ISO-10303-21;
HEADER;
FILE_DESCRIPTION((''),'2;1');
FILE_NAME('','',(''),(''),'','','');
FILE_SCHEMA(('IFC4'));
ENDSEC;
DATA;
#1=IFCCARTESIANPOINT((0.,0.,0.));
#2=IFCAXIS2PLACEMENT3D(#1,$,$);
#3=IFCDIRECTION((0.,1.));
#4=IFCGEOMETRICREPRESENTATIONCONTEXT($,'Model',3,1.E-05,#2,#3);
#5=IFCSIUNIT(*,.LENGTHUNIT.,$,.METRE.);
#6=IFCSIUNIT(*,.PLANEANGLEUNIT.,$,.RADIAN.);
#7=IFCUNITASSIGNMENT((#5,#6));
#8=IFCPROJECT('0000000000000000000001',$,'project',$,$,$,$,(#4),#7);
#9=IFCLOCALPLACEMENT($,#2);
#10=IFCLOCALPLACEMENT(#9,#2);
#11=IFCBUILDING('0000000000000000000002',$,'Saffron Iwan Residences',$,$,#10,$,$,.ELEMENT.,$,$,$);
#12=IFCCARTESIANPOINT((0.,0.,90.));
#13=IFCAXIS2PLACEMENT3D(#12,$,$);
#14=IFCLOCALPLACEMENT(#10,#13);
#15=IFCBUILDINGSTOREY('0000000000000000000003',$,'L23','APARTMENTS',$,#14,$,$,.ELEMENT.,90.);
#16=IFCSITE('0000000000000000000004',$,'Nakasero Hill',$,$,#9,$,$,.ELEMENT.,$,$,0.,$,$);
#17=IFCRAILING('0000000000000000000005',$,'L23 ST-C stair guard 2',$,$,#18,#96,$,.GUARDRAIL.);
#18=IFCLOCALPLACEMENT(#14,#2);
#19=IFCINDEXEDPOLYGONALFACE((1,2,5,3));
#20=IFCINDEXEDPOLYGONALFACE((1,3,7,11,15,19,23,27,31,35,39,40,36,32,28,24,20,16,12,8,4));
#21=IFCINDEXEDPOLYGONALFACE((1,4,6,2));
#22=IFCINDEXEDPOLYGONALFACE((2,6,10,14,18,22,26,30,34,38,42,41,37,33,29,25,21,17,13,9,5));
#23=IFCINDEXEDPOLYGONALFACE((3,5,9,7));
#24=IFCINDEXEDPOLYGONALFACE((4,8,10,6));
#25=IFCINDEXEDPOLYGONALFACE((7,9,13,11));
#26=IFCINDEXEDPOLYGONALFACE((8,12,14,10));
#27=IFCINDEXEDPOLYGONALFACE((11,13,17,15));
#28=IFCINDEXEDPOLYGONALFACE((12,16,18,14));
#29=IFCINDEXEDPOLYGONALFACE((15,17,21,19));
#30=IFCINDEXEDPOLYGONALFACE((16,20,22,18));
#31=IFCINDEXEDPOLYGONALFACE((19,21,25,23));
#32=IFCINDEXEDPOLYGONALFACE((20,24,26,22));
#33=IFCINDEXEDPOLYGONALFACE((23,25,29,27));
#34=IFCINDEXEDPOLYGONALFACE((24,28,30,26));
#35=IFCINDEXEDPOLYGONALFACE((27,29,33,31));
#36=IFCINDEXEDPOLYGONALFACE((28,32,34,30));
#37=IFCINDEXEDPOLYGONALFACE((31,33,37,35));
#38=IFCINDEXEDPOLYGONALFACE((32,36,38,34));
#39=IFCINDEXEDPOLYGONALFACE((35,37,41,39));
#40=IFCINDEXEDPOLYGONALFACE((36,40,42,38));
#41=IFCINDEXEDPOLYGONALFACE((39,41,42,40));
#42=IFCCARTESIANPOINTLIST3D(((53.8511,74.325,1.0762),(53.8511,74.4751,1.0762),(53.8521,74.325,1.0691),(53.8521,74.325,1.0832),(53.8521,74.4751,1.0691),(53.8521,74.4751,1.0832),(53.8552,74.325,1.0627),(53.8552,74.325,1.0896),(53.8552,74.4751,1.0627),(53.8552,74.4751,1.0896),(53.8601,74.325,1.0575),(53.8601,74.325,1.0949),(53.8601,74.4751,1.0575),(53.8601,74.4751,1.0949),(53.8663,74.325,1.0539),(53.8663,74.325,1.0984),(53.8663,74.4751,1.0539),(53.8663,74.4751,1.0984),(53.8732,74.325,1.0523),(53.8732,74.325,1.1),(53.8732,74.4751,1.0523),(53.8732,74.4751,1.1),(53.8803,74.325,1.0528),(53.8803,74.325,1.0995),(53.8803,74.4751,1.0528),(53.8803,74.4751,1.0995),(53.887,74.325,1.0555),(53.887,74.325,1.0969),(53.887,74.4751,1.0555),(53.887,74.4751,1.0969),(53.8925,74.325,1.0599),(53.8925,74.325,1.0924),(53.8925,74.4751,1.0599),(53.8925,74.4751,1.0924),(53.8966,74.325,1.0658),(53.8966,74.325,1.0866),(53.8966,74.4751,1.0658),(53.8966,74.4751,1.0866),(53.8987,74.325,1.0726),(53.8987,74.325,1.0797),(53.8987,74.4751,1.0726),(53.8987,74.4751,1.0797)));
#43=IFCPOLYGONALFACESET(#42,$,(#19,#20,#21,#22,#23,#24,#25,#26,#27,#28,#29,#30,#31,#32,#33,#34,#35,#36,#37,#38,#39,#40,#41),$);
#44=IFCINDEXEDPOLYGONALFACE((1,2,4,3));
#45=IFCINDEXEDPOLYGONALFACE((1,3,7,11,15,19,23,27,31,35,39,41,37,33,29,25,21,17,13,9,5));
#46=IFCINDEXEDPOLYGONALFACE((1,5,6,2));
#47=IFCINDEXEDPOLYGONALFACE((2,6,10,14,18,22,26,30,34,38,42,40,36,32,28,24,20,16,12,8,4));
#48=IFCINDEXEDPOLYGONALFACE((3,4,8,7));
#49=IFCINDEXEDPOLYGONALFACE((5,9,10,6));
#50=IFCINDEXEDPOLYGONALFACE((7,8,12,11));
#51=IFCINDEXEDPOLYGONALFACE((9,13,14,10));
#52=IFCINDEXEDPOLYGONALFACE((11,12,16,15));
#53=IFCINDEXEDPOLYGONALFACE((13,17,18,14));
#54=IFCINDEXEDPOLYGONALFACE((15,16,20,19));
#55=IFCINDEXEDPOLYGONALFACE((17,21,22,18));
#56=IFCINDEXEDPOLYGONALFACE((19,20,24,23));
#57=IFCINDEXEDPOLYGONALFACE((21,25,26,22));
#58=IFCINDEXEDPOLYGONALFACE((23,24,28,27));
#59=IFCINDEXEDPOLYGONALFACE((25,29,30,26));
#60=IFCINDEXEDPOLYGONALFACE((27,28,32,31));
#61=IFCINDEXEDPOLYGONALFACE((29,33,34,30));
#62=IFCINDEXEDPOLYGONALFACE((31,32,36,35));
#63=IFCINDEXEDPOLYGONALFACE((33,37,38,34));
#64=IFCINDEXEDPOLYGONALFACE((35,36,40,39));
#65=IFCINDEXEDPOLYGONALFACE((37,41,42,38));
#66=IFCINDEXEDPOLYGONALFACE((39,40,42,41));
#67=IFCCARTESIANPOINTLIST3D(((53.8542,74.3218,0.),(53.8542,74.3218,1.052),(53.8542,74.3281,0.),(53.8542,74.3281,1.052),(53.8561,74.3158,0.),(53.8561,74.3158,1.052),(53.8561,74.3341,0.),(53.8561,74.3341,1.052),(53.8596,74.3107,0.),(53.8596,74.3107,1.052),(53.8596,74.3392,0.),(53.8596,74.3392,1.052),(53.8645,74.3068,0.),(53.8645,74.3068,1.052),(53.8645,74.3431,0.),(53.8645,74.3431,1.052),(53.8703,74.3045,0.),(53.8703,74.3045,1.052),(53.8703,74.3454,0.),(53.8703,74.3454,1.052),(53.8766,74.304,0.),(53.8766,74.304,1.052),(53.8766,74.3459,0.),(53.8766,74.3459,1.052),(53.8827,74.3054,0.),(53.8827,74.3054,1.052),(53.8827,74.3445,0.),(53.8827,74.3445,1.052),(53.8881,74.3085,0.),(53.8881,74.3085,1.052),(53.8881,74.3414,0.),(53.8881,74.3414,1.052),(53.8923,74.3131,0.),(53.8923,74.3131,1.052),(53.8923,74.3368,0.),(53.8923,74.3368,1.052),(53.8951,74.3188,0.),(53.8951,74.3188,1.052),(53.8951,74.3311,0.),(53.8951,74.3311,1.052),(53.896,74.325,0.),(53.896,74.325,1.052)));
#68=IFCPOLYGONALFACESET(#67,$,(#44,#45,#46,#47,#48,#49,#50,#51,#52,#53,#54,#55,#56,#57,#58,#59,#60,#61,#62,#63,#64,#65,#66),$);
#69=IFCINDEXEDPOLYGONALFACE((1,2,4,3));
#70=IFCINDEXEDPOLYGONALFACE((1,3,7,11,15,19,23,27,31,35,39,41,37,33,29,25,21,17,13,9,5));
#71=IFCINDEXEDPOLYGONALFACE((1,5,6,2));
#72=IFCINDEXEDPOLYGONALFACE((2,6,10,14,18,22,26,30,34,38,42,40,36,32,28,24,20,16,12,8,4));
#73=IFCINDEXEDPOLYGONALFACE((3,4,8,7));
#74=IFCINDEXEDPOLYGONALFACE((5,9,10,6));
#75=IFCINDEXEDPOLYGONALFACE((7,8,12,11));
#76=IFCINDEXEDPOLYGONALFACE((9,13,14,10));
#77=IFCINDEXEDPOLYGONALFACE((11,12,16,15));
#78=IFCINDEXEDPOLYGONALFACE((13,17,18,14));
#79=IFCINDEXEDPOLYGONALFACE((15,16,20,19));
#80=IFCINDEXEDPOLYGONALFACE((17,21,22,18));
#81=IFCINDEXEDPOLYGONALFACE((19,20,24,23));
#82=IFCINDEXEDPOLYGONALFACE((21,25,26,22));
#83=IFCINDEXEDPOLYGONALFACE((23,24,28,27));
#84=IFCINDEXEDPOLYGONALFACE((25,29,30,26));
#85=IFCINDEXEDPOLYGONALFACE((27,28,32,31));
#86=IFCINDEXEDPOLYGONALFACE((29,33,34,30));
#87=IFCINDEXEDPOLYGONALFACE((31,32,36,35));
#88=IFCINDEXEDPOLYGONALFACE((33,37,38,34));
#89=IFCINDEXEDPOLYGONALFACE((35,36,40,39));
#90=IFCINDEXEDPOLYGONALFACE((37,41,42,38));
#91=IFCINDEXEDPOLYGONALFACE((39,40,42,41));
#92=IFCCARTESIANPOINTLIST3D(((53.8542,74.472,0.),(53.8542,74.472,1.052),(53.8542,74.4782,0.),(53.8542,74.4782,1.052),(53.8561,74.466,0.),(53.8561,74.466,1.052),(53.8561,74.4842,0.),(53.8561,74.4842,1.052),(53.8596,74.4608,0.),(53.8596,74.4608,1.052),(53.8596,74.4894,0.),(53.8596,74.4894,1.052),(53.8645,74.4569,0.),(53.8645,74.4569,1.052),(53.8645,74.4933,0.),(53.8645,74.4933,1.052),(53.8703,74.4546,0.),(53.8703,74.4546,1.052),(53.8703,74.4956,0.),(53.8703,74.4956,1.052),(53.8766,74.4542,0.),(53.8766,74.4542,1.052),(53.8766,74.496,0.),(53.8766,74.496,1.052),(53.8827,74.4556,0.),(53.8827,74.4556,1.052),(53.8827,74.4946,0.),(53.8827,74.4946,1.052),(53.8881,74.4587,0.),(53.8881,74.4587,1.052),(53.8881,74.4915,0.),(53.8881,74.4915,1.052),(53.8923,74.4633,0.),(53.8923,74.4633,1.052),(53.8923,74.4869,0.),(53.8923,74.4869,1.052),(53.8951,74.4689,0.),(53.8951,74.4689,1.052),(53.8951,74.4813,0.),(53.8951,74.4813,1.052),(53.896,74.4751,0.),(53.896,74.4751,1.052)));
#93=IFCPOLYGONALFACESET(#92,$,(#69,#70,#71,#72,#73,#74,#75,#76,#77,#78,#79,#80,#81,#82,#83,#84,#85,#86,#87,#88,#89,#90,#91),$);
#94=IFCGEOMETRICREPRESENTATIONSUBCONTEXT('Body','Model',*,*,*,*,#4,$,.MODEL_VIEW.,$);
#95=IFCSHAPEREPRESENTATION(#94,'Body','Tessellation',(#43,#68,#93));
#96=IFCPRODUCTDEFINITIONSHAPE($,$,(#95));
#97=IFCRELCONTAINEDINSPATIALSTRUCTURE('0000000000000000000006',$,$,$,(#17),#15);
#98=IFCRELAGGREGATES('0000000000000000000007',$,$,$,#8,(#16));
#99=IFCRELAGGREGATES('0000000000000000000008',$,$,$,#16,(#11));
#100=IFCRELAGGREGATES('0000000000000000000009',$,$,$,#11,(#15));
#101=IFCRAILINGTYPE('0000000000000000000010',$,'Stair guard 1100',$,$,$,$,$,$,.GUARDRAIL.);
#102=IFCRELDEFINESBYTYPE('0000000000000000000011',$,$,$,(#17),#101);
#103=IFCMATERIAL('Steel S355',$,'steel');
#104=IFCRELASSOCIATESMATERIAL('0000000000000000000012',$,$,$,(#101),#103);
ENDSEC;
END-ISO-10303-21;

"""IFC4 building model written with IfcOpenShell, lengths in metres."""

from ifc_helpers import new_model, si_unit, direction, frame, origin, origin_2d, place, context, subcontext, project, spatial, circle, extrude, material, type_object, element, save


model = new_model("IFC4")

# Units and contexts
model_context = context("Model", 3, precision=1e-05, world=origin(), true_north=direction((0.0, 1.0)))
body_context = subcontext(model_context, "Body", "Model", "MODEL_VIEW")
ifc_project = project(units=[si_unit("LENGTHUNIT", "METRE"), si_unit("PLANEANGLEUNIT", "RADIAN")], contexts=[model_context])

# Site, building, storey
site_placement = place(None, origin())
site = spatial("IfcSite", under=ifc_project, at=site_placement, Name="Nakasero Hill", CompositionType="ELEMENT", RefElevation=0.0)
building_placement = place(site_placement, origin())
building = spatial("IfcBuilding", under=site, at=building_placement, Name="Saffron Iwan Residences", CompositionType="ELEMENT")
storey_placement = place(building_placement, frame((0.0, 0.0, 90.0)))
storey = spatial("IfcBuildingStorey", under=building, at=storey_placement, Name="L23", Description="APARTMENTS", CompositionType="ELEMENT", Elevation=90.0)

# Railing
ifc_material_1 = material(Name="Steel S355", Category="steel")
railing_type_1 = type_object("IfcRailingType", Name="Stair guard 1100", PredefinedType="GUARDRAIL", material=ifc_material_1)
railing_1_placement = place(storey_placement, frame((53.875, 74.325, 0.0)))
element("IfcRailing", 1, at=railing_1_placement, inside=storey, type_object=railing_type_1, Name="L23 ST-C stair guard 2", PredefinedType="GUARDRAIL", context=body_context, shape_type="SweptSolid", body=[
    extrude(circle(Radius=0.0239, at=origin_2d()), frame((0.0, 0.0, 1.0762), z_axis=(0.0, 1.0, 0.0), x_axis=(-1.0, 0.0, 0.0)), (0.0, 0.0, 1.0), 0.1501),
    extrude(circle(Radius=0.021, at=origin_2d()), origin(), (0.0, 0.0, 1.0), 1.052),
    extrude(circle(Radius=0.021, at=origin_2d()), frame((0.0, 0.1501, 0.0)), (0.0, 0.0, 1.0), 1.052),
])

save(model, "model.ifc")
